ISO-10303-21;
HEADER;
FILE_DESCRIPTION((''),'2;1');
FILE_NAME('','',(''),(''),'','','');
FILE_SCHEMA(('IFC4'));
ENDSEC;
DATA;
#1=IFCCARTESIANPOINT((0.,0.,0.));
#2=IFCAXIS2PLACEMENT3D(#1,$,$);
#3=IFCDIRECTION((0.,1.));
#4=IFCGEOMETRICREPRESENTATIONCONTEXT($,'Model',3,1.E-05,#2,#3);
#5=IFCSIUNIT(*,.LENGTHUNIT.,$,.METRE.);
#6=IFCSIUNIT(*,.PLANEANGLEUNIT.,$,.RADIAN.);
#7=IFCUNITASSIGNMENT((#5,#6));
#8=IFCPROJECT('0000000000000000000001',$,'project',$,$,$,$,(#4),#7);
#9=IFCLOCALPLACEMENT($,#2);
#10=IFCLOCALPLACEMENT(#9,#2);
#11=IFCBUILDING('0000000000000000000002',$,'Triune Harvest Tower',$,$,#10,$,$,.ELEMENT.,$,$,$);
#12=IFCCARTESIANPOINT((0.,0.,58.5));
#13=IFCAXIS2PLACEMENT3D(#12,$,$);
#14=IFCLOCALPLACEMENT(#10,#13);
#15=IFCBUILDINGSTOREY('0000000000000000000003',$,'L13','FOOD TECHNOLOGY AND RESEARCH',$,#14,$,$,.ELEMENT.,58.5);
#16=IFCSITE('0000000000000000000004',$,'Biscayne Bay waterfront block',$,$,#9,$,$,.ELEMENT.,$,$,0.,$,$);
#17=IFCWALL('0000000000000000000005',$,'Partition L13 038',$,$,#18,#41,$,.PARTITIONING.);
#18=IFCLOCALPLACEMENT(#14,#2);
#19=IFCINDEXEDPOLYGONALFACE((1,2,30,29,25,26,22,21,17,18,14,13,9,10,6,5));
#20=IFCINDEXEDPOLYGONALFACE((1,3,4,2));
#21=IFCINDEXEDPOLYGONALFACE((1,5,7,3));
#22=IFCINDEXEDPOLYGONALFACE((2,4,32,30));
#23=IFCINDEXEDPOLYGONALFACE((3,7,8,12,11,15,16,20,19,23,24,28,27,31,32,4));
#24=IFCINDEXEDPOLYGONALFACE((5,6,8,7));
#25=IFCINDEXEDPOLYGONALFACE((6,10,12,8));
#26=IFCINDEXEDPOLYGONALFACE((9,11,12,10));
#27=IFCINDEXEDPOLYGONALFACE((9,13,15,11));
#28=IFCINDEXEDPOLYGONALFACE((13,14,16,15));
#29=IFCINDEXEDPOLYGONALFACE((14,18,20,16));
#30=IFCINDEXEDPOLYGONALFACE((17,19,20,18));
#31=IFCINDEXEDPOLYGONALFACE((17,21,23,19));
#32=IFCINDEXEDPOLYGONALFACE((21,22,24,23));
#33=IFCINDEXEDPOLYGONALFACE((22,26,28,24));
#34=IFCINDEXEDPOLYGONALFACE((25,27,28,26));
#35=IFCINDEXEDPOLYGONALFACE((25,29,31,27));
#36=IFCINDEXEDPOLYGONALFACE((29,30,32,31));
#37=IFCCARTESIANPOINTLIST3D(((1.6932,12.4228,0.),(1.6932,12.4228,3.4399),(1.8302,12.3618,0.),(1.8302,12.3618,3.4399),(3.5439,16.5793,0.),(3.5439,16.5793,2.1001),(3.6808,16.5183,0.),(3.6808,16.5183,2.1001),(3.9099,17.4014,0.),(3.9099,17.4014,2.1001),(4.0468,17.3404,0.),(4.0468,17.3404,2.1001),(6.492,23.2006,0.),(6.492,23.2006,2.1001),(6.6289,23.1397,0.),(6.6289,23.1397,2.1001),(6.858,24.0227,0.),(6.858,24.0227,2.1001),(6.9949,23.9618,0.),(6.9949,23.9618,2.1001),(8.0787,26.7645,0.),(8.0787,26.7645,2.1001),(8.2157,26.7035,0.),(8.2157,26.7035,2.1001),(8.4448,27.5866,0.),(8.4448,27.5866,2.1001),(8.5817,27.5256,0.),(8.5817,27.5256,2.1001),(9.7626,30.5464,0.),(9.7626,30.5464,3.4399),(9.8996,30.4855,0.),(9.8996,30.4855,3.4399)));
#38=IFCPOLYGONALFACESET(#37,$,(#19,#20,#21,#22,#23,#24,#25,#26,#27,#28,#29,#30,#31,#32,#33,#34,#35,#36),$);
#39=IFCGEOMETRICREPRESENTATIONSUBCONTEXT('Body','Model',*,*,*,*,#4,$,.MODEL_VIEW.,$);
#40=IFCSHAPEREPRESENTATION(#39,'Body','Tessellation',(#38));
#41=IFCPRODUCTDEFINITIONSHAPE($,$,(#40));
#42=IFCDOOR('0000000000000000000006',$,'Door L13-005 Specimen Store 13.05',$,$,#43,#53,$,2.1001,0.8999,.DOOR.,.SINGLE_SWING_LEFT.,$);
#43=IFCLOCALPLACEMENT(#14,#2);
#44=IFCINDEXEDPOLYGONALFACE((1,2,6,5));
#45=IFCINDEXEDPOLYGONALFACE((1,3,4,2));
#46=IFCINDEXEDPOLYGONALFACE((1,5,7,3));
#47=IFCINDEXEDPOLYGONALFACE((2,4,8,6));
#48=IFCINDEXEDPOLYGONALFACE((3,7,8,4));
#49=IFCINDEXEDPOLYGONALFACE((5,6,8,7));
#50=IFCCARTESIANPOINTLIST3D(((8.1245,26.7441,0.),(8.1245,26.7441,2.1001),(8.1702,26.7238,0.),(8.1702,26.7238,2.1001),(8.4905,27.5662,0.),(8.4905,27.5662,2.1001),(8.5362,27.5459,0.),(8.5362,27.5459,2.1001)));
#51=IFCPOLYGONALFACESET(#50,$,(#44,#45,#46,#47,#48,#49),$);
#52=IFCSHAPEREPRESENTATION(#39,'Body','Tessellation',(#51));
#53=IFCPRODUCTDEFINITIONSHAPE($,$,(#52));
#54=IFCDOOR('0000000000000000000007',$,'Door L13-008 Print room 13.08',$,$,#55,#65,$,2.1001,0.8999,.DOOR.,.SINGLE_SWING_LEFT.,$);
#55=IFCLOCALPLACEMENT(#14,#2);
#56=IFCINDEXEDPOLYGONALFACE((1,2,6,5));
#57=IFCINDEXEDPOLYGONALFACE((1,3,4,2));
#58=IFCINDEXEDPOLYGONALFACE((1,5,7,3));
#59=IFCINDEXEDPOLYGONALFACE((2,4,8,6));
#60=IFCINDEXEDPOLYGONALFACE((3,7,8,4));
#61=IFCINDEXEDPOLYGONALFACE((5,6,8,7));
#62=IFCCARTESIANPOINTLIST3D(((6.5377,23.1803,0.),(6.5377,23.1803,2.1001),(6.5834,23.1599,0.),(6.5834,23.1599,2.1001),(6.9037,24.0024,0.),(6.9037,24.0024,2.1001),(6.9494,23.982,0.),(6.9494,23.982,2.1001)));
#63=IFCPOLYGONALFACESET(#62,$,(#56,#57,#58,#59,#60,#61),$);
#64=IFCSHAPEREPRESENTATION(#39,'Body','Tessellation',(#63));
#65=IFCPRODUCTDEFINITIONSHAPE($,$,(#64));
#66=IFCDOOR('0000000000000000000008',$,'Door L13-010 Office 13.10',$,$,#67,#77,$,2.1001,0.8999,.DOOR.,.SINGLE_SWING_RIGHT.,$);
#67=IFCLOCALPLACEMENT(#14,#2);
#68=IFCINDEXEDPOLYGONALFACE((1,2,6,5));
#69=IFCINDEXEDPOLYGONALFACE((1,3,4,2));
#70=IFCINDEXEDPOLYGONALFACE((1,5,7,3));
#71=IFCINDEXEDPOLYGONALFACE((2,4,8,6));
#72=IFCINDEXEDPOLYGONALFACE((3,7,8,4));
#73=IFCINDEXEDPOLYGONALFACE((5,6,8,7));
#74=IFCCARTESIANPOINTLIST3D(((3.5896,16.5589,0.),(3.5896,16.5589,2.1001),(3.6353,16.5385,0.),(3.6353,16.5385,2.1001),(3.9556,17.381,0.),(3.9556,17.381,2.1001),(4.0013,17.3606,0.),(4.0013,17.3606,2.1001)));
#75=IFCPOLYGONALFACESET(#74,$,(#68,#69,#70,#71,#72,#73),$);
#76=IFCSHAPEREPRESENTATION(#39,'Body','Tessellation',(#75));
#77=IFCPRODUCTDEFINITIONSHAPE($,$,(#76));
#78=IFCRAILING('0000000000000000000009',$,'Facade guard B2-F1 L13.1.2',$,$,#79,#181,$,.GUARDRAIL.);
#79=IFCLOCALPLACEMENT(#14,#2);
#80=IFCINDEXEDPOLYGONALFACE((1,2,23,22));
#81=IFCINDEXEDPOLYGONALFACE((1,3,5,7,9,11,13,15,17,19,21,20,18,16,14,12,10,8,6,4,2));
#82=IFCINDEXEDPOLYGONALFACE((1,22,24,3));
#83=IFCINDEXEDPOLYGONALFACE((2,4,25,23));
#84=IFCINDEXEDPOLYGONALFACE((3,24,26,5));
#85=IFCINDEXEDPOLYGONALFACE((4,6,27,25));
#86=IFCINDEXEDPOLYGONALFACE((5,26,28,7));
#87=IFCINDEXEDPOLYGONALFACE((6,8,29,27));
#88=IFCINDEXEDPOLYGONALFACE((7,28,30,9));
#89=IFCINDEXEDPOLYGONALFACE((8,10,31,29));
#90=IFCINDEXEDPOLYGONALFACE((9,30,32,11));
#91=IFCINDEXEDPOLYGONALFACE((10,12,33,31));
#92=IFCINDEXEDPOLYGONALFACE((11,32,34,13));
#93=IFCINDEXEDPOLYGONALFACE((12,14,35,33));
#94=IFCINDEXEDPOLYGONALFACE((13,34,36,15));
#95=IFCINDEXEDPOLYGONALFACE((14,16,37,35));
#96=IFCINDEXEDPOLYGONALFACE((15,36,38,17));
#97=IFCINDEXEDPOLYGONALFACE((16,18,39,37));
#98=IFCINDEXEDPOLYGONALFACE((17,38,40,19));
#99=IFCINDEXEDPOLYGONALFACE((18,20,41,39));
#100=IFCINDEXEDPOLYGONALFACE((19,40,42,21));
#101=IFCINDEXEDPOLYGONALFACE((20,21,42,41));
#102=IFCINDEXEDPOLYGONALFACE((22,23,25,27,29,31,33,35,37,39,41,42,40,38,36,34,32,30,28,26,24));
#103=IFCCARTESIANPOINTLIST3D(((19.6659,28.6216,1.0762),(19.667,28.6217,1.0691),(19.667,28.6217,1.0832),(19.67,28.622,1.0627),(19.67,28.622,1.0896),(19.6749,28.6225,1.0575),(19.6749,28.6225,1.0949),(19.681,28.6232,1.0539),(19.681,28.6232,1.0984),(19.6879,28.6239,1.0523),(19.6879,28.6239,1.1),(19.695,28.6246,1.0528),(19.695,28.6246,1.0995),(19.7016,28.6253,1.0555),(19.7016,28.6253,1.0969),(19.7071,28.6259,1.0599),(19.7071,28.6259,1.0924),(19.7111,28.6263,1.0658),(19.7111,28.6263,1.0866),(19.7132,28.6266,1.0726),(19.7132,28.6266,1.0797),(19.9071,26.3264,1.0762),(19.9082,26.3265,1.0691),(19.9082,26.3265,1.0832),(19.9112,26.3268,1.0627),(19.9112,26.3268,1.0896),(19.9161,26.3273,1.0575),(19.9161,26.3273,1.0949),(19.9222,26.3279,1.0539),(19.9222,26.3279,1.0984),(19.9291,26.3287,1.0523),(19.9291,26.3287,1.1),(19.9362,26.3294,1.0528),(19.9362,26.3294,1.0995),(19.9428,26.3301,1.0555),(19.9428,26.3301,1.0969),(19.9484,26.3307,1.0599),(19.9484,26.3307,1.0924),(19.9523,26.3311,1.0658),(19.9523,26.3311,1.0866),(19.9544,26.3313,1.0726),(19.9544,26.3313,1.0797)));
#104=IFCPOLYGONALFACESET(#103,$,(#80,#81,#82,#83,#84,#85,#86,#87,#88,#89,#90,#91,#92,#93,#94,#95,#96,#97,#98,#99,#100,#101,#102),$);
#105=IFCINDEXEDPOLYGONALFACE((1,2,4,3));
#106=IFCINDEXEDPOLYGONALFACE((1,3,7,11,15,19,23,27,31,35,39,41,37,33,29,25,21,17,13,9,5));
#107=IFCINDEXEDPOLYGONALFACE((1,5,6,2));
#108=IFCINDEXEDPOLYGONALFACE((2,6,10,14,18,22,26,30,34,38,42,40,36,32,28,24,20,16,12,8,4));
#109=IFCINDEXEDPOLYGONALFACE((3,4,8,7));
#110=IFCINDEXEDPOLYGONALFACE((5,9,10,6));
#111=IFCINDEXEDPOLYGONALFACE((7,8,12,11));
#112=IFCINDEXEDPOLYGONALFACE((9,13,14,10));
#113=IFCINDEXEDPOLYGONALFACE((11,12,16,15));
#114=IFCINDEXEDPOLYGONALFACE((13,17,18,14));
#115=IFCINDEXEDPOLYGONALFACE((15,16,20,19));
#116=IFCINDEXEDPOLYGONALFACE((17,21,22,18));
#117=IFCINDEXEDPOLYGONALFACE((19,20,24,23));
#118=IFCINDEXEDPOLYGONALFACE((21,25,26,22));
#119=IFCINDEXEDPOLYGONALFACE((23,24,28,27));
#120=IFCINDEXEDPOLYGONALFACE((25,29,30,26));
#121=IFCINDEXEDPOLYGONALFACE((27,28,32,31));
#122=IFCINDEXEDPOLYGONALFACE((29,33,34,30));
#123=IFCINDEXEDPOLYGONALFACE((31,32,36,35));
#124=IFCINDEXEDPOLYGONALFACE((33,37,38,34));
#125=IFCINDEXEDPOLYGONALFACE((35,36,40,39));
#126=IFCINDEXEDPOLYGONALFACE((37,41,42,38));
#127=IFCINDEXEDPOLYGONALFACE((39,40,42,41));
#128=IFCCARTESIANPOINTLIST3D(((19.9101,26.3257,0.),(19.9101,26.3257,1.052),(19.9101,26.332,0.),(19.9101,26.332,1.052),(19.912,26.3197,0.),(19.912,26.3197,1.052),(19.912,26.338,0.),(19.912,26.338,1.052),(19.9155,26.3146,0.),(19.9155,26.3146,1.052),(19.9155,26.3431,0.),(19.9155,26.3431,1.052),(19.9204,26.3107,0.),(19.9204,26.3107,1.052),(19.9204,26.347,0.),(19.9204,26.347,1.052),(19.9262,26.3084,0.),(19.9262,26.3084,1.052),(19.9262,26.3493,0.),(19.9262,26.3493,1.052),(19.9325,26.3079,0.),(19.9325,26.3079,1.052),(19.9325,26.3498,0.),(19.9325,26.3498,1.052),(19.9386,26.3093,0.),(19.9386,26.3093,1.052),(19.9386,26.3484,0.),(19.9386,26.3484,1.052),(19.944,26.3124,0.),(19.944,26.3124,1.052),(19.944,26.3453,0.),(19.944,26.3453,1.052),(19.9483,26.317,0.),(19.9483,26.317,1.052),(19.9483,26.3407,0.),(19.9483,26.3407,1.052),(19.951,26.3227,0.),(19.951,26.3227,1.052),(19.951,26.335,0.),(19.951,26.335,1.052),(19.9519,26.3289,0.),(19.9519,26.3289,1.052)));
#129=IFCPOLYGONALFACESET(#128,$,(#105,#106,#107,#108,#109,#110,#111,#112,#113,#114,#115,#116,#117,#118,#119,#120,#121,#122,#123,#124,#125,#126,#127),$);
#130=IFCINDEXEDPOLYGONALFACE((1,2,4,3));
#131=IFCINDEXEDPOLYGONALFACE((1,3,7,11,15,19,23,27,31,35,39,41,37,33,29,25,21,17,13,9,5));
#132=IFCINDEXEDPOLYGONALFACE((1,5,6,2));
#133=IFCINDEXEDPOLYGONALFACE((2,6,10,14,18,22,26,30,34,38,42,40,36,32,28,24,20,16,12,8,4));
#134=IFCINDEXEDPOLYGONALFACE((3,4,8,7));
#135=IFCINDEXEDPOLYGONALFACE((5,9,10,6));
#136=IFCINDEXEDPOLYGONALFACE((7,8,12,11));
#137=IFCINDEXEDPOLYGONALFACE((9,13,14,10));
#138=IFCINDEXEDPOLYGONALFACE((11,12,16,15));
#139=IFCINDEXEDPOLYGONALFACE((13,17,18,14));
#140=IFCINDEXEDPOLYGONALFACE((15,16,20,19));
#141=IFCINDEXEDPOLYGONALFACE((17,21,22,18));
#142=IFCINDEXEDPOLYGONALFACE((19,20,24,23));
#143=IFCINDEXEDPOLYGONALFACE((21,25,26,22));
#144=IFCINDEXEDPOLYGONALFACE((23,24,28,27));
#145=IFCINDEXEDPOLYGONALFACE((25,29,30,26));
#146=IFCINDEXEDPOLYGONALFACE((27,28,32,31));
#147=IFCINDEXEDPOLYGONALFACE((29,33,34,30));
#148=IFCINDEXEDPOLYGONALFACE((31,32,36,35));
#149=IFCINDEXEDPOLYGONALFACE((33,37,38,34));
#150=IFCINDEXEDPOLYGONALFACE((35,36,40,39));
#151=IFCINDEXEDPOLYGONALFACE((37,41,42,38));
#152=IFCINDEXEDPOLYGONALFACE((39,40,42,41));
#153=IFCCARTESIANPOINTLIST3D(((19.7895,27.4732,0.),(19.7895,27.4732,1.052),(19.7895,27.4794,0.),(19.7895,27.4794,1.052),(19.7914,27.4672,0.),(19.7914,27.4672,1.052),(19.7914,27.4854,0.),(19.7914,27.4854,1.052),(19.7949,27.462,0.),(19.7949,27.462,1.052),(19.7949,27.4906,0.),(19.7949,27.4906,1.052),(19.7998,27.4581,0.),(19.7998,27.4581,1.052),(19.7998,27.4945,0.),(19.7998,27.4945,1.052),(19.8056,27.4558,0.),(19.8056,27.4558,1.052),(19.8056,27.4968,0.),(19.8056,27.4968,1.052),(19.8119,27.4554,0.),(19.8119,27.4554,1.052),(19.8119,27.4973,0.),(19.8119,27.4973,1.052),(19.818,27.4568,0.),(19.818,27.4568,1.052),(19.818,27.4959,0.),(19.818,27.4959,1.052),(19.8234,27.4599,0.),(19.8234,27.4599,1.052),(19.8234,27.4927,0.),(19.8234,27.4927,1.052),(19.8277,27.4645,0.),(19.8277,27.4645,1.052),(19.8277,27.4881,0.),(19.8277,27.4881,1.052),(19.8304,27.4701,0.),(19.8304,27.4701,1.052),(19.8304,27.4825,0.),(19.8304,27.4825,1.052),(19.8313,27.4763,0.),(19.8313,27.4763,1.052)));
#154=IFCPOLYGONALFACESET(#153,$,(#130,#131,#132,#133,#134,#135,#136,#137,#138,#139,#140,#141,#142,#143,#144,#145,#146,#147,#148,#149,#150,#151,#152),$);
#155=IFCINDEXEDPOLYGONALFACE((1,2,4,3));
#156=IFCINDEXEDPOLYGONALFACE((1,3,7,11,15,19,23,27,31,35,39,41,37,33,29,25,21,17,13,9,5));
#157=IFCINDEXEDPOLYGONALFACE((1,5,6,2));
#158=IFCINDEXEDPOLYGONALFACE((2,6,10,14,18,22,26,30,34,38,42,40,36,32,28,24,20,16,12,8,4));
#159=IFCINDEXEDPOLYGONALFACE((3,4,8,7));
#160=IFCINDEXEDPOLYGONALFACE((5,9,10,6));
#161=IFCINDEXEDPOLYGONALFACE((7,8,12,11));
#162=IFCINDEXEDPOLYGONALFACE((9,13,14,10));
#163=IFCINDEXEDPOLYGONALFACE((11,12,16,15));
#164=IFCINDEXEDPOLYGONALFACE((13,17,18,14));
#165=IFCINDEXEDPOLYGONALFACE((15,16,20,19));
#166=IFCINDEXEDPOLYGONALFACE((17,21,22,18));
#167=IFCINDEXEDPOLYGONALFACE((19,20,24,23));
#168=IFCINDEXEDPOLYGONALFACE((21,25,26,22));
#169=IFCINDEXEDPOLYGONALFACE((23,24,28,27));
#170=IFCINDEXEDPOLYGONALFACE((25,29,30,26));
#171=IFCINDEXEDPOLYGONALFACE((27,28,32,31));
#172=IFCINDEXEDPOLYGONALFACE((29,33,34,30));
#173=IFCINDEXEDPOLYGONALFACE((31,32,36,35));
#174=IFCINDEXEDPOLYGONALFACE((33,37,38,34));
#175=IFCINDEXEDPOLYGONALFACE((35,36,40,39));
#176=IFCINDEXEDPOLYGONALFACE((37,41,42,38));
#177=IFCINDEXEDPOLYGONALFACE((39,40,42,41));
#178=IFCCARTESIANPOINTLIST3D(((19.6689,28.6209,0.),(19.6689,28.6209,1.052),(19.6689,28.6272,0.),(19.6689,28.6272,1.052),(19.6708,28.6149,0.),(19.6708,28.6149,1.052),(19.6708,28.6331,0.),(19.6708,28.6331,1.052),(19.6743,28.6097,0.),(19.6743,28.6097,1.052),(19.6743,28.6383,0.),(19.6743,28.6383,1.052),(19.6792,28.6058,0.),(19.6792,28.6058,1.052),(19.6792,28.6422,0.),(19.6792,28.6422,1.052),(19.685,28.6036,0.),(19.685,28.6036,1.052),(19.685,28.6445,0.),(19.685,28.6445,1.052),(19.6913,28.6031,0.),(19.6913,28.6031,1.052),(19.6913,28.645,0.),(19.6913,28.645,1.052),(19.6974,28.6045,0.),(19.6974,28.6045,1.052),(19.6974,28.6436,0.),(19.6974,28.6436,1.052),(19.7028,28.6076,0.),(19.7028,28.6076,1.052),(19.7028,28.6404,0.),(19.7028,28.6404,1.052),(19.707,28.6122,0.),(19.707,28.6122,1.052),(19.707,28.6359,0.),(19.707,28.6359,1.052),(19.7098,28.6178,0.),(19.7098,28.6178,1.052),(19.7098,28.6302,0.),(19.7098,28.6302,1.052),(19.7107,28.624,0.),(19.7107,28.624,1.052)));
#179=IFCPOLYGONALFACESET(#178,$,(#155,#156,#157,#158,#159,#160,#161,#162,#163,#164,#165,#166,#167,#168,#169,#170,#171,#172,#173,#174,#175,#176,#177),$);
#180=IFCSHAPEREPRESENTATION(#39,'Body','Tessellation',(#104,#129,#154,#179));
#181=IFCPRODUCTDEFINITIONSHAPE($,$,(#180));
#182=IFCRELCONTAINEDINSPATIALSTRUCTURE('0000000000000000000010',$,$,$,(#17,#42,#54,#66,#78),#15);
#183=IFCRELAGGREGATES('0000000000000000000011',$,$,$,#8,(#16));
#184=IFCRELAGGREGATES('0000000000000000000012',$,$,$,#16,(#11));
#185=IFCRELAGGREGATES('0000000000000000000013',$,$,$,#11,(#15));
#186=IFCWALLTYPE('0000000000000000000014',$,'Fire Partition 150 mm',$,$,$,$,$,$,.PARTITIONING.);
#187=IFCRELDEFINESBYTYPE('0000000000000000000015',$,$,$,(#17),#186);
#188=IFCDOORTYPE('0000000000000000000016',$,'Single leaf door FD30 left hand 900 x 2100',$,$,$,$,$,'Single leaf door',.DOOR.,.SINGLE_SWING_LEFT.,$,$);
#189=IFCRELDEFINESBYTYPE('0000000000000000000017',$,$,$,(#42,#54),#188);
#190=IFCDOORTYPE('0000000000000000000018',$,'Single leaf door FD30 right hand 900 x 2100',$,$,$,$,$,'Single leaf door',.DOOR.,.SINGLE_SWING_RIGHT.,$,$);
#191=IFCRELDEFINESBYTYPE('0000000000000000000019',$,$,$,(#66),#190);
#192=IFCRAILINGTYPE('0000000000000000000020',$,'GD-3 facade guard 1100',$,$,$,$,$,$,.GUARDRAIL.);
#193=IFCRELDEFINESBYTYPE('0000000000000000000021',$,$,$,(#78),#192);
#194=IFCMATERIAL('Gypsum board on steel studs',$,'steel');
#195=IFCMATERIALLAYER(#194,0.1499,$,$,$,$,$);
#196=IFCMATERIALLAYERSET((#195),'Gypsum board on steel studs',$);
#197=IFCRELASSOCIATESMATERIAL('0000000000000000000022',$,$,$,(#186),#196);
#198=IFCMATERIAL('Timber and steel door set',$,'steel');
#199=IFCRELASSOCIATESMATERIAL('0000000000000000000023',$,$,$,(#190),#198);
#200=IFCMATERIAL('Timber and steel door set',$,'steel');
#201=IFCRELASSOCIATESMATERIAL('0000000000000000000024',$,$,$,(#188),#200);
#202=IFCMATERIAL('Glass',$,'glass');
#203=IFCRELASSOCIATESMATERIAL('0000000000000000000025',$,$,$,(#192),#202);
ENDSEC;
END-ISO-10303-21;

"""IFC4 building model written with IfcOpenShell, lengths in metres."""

from ifc_helpers import new_model, si_unit, direction, frame, frame_2d, origin, origin_2d, place, context, subcontext, project, spatial, rectangle, circle, extrude, source, transform, mapped, material, layer, layer_set, type_object, element, fill, save


model = new_model("IFC4")

# Units and contexts
model_context = context("Model", 3, precision=1e-05, world=origin(), true_north=direction((0.0, 1.0)))
body_context = subcontext(model_context, "Body", "Model", "MODEL_VIEW")
ifc_project = project(units=[si_unit("LENGTHUNIT", "METRE"), si_unit("PLANEANGLEUNIT", "RADIAN")], contexts=[model_context])

# Site, building, storey
site_placement = place(None, origin())
site = spatial("IfcSite", under=ifc_project, at=site_placement, Name="Biscayne Bay waterfront block", CompositionType="ELEMENT", RefElevation=0.0)
building_placement = place(site_placement, origin())
building = spatial("IfcBuilding", under=site, at=building_placement, Name="Triune Harvest Tower", CompositionType="ELEMENT")
storey_placement = place(building_placement, frame((0.0, 0.0, 58.5)))
storey = spatial("IfcBuildingStorey", under=building, at=storey_placement, Name="L13", Description="FOOD TECHNOLOGY AND RESEARCH", CompositionType="ELEMENT", Elevation=58.5)

# Shared definitions
ifc_material_1 = material(Name="Gypsum board on steel studs", Category="steel")
ifc_layer_1 = layer(ifc_material_1, 0.1499)
ifc_layer_set_1 = layer_set([ifc_layer_1], Name="Gypsum board on steel studs")
wall_type_1 = type_object("IfcWallType", Name="Fire Partition 150 mm", PredefinedType="PARTITIONING", material=ifc_layer_set_1)
ifc_material_2 = material(Name="Timber and steel door set", Category="steel")
door_type_1 = type_object("IfcDoorType", Name="Single leaf door FD30 right hand 900 x 2100", ElementType="Single leaf door", OperationType="SINGLE_SWING_RIGHT", PredefinedType="DOOR", material=ifc_material_2)

# Wall, openings, doors
shared_shape_1 = source(origin(), body_context, "Body", "SweptSolid", [
    extrude(rectangle(XDim=19.8389, YDim=0.1499, at=frame_2d((9.9194, 0.0))), origin(), (0.0, 0.0, 1.0), 3.4399),
])
wall_1_placement = place(storey_placement, frame((1.7617, 12.3923, 0.0), z_axis=(0.0, 0.0, 1.0), x_axis=(0.406746, 0.913541, 0.0)))
wall_1 = element("IfcWall", 1, at=wall_1_placement, inside=storey, type_object=wall_type_1, Name="Partition L13 038", PredefinedType="PARTITIONING", context=body_context, shape_type="MappedRepresentation", body=[
    mapped(shared_shape_1, transform((0.0, 0.0, 0.0), scale=1.0)),
])
opening_1_placement = place(wall_1_placement, frame((15.699, 0.0, 0.0)))
opening_1 = element("IfcOpeningElement", 2, at=opening_1_placement, cuts=wall_1, PredefinedType="OPENING", context=body_context, shape_type="SweptSolid", body=[
    extrude(rectangle(XDim=0.8999, YDim=2.1001, at=frame_2d((0.45, 1.05))), frame((0.0, 0.085, 0.0), z_axis=(0.0, -1.0, 0.0), x_axis=(1.0, 0.0, 0.0)), (0.0, 0.0, 1.0), 0.1699),
])
opening_2_placement = place(wall_1_placement, frame((11.7979, 0.0, 0.0)))
opening_2 = element("IfcOpeningElement", 3, at=opening_2_placement, cuts=wall_1, PredefinedType="OPENING", context=body_context, shape_type="SweptSolid", body=[
    extrude(rectangle(XDim=0.8999, YDim=2.1001, at=frame_2d((0.45, 1.05))), frame((0.0, 0.085, 0.0), z_axis=(0.0, -1.0, 0.0), x_axis=(1.0, 0.0, 0.0)), (0.0, 0.0, 1.0), 0.1699),
])
opening_3_placement = place(wall_1_placement, frame((4.5498, 0.0, 0.0)))
opening_3 = element("IfcOpeningElement", 4, at=opening_3_placement, cuts=wall_1, PredefinedType="OPENING", context=body_context, shape_type="SweptSolid", body=[
    extrude(rectangle(XDim=0.8999, YDim=2.1001, at=frame_2d((0.45, 1.05))), frame((0.0, 0.085, 0.0), z_axis=(0.0, -1.0, 0.0), x_axis=(1.0, 0.0, 0.0)), (0.0, 0.0, 1.0), 0.1699),
])
ifc_material_3 = material(Name="Timber and steel door set", Category="steel")
door_type_2 = type_object("IfcDoorType", Name="Single leaf door FD30 left hand 900 x 2100", ElementType="Single leaf door", OperationType="SINGLE_SWING_LEFT", PredefinedType="DOOR", material=ifc_material_3)
door_1_placement = place(opening_1_placement, origin())
door_1 = element("IfcDoor", 5, at=door_1_placement, inside=storey, type_object=door_type_2, Name="Door L13-005 Specimen Store 13.05", OperationType="SINGLE_SWING_LEFT", OverallHeight=2.1001, OverallWidth=0.8999, PredefinedType="DOOR", context=body_context, shape_type="SweptSolid", body=[
    extrude(rectangle(XDim=0.8999, YDim=2.1001, at=frame_2d((0.45, 1.05))), frame((0.0, 0.0249, 0.0), z_axis=(0.0, -1.0, 0.0), x_axis=(1.0, 0.0, 0.0)), (0.0, 0.0, 1.0), 0.05),
])
fill(opening_1, door_1)
door_2_placement = place(opening_2_placement, origin())
door_2 = element("IfcDoor", 6, at=door_2_placement, inside=storey, type_object=door_type_2, Name="Door L13-008 Print room 13.08", OperationType="SINGLE_SWING_LEFT", OverallHeight=2.1001, OverallWidth=0.8999, PredefinedType="DOOR", context=body_context, shape_type="SweptSolid", body=[
    extrude(rectangle(XDim=0.8999, YDim=2.1001, at=frame_2d((0.45, 1.05))), frame((0.0, 0.0249, 0.0), z_axis=(0.0, -1.0, 0.0), x_axis=(1.0, 0.0, 0.0)), (0.0, 0.0, 1.0), 0.05),
])
fill(opening_2, door_2)
door_3_placement = place(opening_3_placement, origin())
door_3 = element("IfcDoor", 7, at=door_3_placement, inside=storey, type_object=door_type_1, Name="Door L13-010 Office 13.10", OperationType="SINGLE_SWING_RIGHT", OverallHeight=2.1001, OverallWidth=0.8999, PredefinedType="DOOR", context=body_context, shape_type="SweptSolid", body=[
    extrude(rectangle(XDim=0.8999, YDim=2.1001, at=frame_2d((0.45, 1.05))), frame((0.0, 0.0249, 0.0), z_axis=(0.0, -1.0, 0.0), x_axis=(1.0, 0.0, 0.0)), (0.0, 0.0, 1.0), 0.05),
])
fill(opening_3, door_3)

# Railing
ifc_material_4 = material(Name="Glass", Category="glass")
railing_type = type_object("IfcRailingType", Name="GD-3 facade guard 1100", PredefinedType="GUARDRAIL", material=ifc_material_4)
railing_placement = place(storey_placement, frame((19.9309, 26.3289, 0.0)))
element("IfcRailing", 8, at=railing_placement, inside=storey, type_object=railing_type, Name="Facade guard B2-F1 L13.1.2", PredefinedType="GUARDRAIL", context=body_context, shape_type="SweptSolid", body=[
    extrude(circle(Radius=0.0239, at=origin_2d()), frame((0.0, 0.0, 1.0762), z_axis=(-0.10452, 0.994523, 0.0), x_axis=(-0.994523, -0.10452, 0.0)), (0.0, 0.0, 1.0), 2.3079),
    extrude(circle(Radius=0.021, at=origin_2d()), origin(), (0.0, 0.0, 1.0), 1.052),
    extrude(circle(Radius=0.021, at=origin_2d()), frame((-0.1206, 1.1475, 0.0)), (0.0, 0.0, 1.0), 1.052),
    extrude(circle(Radius=0.021, at=origin_2d()), frame((-0.2412, 2.2952, 0.0)), (0.0, 0.0, 1.0), 1.052),
])

save(model, "model.ifc")
